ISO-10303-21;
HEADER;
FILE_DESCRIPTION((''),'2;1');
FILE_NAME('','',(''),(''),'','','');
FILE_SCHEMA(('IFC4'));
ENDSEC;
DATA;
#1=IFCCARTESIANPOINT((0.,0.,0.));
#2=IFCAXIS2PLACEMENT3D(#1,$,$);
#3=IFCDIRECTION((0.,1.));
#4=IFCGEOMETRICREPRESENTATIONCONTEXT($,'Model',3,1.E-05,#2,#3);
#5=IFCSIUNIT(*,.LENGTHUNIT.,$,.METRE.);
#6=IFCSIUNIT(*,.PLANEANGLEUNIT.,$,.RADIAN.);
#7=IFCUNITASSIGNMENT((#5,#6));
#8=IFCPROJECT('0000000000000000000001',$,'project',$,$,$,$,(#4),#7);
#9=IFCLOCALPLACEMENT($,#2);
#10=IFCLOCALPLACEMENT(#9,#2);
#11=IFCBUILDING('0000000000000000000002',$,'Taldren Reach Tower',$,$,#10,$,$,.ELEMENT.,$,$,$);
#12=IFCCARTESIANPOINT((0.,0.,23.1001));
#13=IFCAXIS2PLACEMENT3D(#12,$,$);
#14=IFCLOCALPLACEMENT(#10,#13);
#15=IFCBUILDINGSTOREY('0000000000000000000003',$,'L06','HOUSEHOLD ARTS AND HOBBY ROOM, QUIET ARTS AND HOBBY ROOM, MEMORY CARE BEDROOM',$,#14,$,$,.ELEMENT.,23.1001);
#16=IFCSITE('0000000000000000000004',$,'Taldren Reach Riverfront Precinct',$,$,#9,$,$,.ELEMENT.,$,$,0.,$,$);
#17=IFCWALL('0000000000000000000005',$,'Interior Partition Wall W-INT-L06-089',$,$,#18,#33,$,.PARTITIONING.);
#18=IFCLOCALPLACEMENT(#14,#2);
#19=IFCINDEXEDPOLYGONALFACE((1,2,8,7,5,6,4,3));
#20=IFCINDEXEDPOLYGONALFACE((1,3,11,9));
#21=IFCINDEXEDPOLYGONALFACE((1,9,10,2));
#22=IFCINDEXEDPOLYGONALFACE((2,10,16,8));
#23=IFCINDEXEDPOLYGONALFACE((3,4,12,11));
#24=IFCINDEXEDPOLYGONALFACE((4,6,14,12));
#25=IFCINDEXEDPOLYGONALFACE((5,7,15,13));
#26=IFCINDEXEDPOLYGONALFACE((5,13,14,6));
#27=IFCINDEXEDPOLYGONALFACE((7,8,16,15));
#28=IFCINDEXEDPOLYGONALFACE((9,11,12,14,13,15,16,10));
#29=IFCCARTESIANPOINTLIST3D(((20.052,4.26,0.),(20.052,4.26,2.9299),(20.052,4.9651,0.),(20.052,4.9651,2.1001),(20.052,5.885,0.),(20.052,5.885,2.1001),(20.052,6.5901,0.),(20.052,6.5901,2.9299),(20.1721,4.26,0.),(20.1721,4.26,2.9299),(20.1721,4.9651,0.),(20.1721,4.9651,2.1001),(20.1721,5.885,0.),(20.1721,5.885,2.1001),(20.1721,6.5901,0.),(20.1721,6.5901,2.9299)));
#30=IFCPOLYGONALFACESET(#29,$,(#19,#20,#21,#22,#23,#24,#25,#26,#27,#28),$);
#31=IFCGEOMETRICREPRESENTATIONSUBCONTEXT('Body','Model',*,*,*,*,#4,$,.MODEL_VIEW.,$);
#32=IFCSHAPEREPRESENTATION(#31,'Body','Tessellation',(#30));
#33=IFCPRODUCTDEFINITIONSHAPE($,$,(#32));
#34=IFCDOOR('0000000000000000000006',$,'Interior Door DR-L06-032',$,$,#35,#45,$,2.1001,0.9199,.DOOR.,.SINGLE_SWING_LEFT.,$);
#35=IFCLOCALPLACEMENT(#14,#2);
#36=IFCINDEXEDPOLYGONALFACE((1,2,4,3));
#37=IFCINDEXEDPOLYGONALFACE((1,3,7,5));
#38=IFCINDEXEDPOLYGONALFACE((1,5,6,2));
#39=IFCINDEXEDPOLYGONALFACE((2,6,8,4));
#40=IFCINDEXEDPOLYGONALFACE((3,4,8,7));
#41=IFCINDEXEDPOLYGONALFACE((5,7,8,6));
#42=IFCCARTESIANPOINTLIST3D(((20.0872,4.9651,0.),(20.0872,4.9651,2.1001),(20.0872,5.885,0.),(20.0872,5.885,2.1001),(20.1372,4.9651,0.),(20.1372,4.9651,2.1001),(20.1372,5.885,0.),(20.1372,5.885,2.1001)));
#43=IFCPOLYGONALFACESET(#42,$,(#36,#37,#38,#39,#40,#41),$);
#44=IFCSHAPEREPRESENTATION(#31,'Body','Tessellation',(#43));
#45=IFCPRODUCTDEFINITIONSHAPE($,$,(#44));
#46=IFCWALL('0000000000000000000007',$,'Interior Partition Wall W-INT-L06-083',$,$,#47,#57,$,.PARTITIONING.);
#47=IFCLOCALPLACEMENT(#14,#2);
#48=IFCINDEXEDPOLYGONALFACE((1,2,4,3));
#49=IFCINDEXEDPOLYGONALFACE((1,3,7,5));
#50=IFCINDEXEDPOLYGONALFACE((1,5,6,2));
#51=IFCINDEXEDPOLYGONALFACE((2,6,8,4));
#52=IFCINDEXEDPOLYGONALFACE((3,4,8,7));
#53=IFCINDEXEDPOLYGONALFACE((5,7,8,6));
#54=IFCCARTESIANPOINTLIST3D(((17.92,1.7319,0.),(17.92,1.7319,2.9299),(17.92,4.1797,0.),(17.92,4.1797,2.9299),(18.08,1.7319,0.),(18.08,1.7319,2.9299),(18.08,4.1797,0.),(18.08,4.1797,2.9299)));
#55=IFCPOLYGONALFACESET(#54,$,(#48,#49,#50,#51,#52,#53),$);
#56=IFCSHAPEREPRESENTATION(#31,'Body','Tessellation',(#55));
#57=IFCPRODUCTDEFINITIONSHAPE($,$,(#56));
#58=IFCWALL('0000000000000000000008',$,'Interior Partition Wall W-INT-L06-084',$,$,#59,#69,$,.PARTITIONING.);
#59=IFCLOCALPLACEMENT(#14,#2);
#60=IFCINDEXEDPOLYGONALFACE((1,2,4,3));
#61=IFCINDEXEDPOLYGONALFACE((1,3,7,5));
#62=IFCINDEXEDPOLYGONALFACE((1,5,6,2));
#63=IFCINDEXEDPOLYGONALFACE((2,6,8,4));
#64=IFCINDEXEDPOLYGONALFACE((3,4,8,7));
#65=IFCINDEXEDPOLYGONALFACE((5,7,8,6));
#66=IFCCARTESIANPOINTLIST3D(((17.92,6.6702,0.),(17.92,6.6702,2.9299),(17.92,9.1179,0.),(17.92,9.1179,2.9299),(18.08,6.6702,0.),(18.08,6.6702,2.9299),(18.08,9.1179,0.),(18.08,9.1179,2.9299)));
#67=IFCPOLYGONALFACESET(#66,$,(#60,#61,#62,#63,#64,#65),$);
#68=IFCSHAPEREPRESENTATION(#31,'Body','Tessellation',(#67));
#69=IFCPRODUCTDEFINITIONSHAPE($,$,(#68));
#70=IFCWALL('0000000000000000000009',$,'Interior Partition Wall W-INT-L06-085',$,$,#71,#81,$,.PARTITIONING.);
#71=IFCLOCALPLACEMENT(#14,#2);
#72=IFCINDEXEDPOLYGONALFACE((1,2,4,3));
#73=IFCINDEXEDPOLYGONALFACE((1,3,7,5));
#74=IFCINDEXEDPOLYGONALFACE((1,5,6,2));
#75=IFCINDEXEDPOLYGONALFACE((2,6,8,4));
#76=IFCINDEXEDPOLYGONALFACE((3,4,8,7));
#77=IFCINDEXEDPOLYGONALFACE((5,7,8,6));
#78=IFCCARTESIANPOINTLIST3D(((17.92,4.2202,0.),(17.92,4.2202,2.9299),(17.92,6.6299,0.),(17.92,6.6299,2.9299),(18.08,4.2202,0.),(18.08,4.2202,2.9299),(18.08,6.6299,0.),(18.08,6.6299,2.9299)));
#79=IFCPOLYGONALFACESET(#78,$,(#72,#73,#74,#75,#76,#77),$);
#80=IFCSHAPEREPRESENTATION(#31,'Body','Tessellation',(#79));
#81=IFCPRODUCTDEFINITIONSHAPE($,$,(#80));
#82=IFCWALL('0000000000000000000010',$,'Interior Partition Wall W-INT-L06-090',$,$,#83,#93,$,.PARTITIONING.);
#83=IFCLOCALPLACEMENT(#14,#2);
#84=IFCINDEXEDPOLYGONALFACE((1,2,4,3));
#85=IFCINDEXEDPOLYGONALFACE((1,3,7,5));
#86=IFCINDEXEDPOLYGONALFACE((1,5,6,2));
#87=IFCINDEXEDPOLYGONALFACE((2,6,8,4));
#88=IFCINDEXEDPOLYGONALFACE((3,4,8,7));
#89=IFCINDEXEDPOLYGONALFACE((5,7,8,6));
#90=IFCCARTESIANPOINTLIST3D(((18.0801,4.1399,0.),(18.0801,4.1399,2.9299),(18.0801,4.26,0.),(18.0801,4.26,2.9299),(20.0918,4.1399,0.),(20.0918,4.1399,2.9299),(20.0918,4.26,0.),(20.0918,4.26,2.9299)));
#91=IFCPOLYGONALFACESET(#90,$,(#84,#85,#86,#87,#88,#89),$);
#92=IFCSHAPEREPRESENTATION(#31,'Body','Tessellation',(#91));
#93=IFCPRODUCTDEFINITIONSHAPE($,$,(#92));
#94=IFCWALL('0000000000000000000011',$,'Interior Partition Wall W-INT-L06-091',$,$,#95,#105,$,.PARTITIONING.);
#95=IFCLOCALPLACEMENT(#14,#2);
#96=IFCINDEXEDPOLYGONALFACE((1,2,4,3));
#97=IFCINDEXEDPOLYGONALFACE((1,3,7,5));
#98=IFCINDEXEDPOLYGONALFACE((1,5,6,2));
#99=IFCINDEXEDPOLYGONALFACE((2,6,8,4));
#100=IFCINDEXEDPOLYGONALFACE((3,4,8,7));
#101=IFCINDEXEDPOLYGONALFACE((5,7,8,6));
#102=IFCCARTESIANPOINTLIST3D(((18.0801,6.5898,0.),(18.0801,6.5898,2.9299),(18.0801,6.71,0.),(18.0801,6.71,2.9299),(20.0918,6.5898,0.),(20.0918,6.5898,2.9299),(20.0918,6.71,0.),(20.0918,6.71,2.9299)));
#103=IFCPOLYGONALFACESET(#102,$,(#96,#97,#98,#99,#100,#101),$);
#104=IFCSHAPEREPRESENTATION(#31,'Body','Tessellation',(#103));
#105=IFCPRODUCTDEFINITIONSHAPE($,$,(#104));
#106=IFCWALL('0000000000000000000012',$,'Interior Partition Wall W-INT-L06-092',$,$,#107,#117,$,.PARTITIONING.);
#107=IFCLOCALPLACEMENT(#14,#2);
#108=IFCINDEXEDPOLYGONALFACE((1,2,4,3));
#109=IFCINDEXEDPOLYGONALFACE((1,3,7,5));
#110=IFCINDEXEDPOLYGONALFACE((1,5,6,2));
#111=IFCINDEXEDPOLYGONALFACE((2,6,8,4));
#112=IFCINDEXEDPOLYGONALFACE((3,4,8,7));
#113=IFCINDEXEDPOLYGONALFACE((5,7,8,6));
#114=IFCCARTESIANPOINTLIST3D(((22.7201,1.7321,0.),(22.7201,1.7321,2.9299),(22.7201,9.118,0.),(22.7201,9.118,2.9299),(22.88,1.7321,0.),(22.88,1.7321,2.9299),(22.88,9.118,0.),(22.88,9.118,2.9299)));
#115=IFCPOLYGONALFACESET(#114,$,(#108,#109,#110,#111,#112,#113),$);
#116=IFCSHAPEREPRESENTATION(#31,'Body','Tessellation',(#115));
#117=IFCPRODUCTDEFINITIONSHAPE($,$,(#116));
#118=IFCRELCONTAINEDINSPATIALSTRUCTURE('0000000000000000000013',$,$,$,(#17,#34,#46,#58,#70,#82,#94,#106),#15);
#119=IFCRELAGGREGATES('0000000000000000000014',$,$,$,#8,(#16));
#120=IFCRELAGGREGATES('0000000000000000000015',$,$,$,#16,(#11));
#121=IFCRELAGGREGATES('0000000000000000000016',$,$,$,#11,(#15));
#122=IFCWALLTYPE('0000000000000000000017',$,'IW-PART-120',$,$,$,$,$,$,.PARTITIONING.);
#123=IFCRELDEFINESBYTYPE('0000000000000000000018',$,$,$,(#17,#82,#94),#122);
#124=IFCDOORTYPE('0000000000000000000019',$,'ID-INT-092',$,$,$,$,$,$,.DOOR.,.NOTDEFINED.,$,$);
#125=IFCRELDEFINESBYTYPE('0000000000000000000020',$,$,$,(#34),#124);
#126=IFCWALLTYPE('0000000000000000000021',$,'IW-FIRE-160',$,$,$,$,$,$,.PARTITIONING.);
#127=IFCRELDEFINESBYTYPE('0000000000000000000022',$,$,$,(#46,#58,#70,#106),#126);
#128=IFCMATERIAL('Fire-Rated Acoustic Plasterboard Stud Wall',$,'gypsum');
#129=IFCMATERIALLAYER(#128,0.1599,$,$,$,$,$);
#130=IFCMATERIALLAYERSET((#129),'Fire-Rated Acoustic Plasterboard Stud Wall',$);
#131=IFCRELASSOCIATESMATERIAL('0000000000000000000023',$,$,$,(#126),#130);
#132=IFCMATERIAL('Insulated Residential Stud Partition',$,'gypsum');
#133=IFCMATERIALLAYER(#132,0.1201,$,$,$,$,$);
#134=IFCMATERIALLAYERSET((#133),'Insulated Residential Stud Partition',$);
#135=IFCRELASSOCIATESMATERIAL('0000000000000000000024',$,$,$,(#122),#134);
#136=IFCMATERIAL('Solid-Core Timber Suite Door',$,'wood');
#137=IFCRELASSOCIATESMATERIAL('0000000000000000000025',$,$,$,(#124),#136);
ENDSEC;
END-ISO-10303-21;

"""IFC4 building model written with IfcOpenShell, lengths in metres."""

from ifc_helpers import new_model, si_unit, direction, frame, frame_2d, origin, place, context, subcontext, project, spatial, rectangle, extrude, source, transform, mapped, material, layer, layer_set, type_object, element, fill, save


model = new_model("IFC4")

# Units and contexts
model_context = context("Model", 3, precision=1e-05, world=origin(), true_north=direction((0.0, 1.0)))
body_context = subcontext(model_context, "Body", "Model", "MODEL_VIEW")
ifc_project = project(units=[si_unit("LENGTHUNIT", "METRE"), si_unit("PLANEANGLEUNIT", "RADIAN")], contexts=[model_context])

# Site, building, storey
site_placement = place(None, origin())
site = spatial("IfcSite", under=ifc_project, at=site_placement, Name="Taldren Reach Riverfront Precinct", CompositionType="ELEMENT", RefElevation=0.0)
building_placement = place(site_placement, origin())
building = spatial("IfcBuilding", under=site, at=building_placement, Name="Taldren Reach Tower", CompositionType="ELEMENT")
storey_placement = place(building_placement, frame((0.0, 0.0, 23.1001)))
storey = spatial("IfcBuildingStorey", under=building, at=storey_placement, Name="L06", Description="HOUSEHOLD ARTS AND HOBBY ROOM, QUIET ARTS AND HOBBY ROOM, MEMORY CARE BEDROOM", CompositionType="ELEMENT", Elevation=23.1001)

# Shared definitions
ifc_material_1 = material(Name="Fire-Rated Acoustic Plasterboard Stud Wall", Category="gypsum")
ifc_layer_1 = layer(ifc_material_1, 0.1599)
ifc_layer_set_1 = layer_set([ifc_layer_1], Name="Fire-Rated Acoustic Plasterboard Stud Wall")
wall_type_1 = type_object("IfcWallType", Name="IW-FIRE-160", PredefinedType="PARTITIONING", material=ifc_layer_set_1)

# Shared definitions
ifc_material_2 = material(Name="Insulated Residential Stud Partition", Category="gypsum")
ifc_layer_2 = layer(ifc_material_2, 0.1201)
ifc_layer_set_2 = layer_set([ifc_layer_2], Name="Insulated Residential Stud Partition")
wall_type_2 = type_object("IfcWallType", Name="IW-PART-120", PredefinedType="PARTITIONING", material=ifc_layer_set_2)

# Wall, opening, door
shared_shape_1 = source(origin(), body_context, "Body", "SweptSolid", [
    extrude(rectangle(XDim=2.3301, YDim=0.1201, at=frame_2d((1.165, 0.0))), origin(), (0.0, 0.0, 1.0), 2.9299),
])
shared_shape_2 = source(origin(), body_context, "Body", "SweptSolid", [
    extrude(rectangle(XDim=0.9199, YDim=2.1001, at=frame_2d((0.46, 1.05))), frame((0.0, 0.0701, 0.0), z_axis=(0.0, -1.0, 0.0), x_axis=(1.0, 0.0, 0.0)), (0.0, 0.0, 1.0), 0.1401),
])
ifc_material_3 = material(Name="Solid-Core Timber Suite Door", Category="wood")
door_type_1 = type_object("IfcDoorType", Name="ID-INT-092", OperationType="NOTDEFINED", PredefinedType="DOOR", material=ifc_material_3)
shared_shape_3 = source(origin(), body_context, "Body", "SweptSolid", [
    extrude(rectangle(XDim=0.9199, YDim=2.1001, at=frame_2d((0.46, 1.05))), frame((0.0, 0.0249, 0.0), z_axis=(0.0, -1.0, 0.0), x_axis=(1.0, 0.0, 0.0)), (0.0, 0.0, 1.0), 0.05),
])
wall_1_placement = place(storey_placement, frame((20.1121, 4.26, 0.0), z_axis=(0.0, 0.0, 1.0), x_axis=(0.0, 1.0, 0.0)))
wall_1 = element("IfcWall", 1, at=wall_1_placement, inside=storey, type_object=wall_type_2, Name="Interior Partition Wall W-INT-L06-089", PredefinedType="PARTITIONING", context=body_context, shape_type="MappedRepresentation", body=[
    mapped(shared_shape_1, transform((0.0, 0.0, 0.0), scale=1.0)),
])
opening_1_placement = place(wall_1_placement, frame((0.7051, 0.0, 0.0)))
opening_1 = element("IfcOpeningElement", 2, at=opening_1_placement, cuts=wall_1, PredefinedType="OPENING", context=body_context, shape_type="MappedRepresentation", body=[
    mapped(shared_shape_2, transform((0.0, 0.0, 0.0), scale=1.0)),
])
door_1_placement = place(opening_1_placement, origin())
door_1 = element("IfcDoor", 3, at=door_1_placement, inside=storey, type_object=door_type_1, Name="Interior Door DR-L06-032", OperationType="SINGLE_SWING_LEFT", OverallHeight=2.1001, OverallWidth=0.9199, PredefinedType="DOOR", context=body_context, shape_type="MappedRepresentation", body=[
    mapped(shared_shape_3, transform((0.0, 0.0, 0.0), scale=1.0)),
])
fill(opening_1, door_1)

# Walls
shared_shape_4 = source(origin(), body_context, "Body", "SweptSolid", [
    extrude(rectangle(XDim=2.4478, YDim=0.1599, at=frame_2d((1.2239, 0.0))), origin(), (0.0, 0.0, 1.0), 2.9299),
])
for number, where, z_axis, x_axis, name in (
    (4, (18.0, 4.1797, 0.0), (0.0, 0.0, 1.0), (0.0, -1.0, 0.0), "Interior Partition Wall W-INT-L06-083"),
    (5, (18.0, 9.1179, 0.0), (0.0, 0.0, 1.0), (0.0, -1.0, 0.0), "Interior Partition Wall W-INT-L06-084"),
):
    element("IfcWall", number, at=place(storey_placement, frame(where, z_axis=z_axis, x_axis=x_axis)), inside=storey, type_object=wall_type_1, Name=name, PredefinedType="PARTITIONING", context=body_context, shape_type="MappedRepresentation", body=[
        mapped(shared_shape_4, transform((0.0, 0.0, 0.0), scale=1.0)),
    ])
shared_shape_5 = source(origin(), body_context, "Body", "SweptSolid", [
    extrude(rectangle(XDim=2.4097, YDim=0.1599, at=frame_2d((1.2048, 0.0))), origin(), (0.0, 0.0, 1.0), 2.9299),
])
wall_2_placement = place(storey_placement, frame((18.0, 6.6299, 0.0), z_axis=(0.0, 0.0, 1.0), x_axis=(0.0, -1.0, 0.0)))
element("IfcWall", 6, at=wall_2_placement, inside=storey, type_object=wall_type_1, Name="Interior Partition Wall W-INT-L06-085", PredefinedType="PARTITIONING", context=body_context, shape_type="MappedRepresentation", body=[
    mapped(shared_shape_5, transform((0.0, 0.0, 0.0), scale=1.0)),
])
shared_shape_6 = source(origin(), body_context, "Body", "SweptSolid", [
    extrude(rectangle(XDim=2.0117, YDim=0.1201, at=frame_2d((1.0059, 0.0))), origin(), (0.0, 0.0, 1.0), 2.9299),
])
for number, where, z_axis, x_axis, name in (
    (7, (18.0801, 4.2, 0.0), (0.0, 0.0, 1.0), (1.0, 0.0, 0.0), "Interior Partition Wall W-INT-L06-090"),
    (8, (20.0918, 6.6499, 0.0), (0.0, 0.0, 1.0), (-1.0, 0.0, 0.0), "Interior Partition Wall W-INT-L06-091"),
):
    element("IfcWall", number, at=place(storey_placement, frame(where, z_axis=z_axis, x_axis=x_axis)), inside=storey, type_object=wall_type_2, Name=name, PredefinedType="PARTITIONING", context=body_context, shape_type="MappedRepresentation", body=[
        mapped(shared_shape_6, transform((0.0, 0.0, 0.0), scale=1.0)),
    ])
shared_shape_7 = source(origin(), body_context, "Body", "SweptSolid", [
    extrude(rectangle(XDim=7.386, YDim=0.1599, at=frame_2d((3.6929, 0.0))), origin(), (0.0, 0.0, 1.0), 2.9299),
])
wall_3_placement = place(storey_placement, frame((22.8, 9.1179, 0.0), z_axis=(0.0, 0.0, 1.0), x_axis=(0.0, -1.0, 0.0)))
element("IfcWall", 9, at=wall_3_placement, inside=storey, type_object=wall_type_1, Name="Interior Partition Wall W-INT-L06-092", PredefinedType="PARTITIONING", context=body_context, shape_type="MappedRepresentation", body=[
    mapped(shared_shape_7, transform((0.0, 0.0, 0.0), scale=1.0)),
])

save(model, "model.ifc")
